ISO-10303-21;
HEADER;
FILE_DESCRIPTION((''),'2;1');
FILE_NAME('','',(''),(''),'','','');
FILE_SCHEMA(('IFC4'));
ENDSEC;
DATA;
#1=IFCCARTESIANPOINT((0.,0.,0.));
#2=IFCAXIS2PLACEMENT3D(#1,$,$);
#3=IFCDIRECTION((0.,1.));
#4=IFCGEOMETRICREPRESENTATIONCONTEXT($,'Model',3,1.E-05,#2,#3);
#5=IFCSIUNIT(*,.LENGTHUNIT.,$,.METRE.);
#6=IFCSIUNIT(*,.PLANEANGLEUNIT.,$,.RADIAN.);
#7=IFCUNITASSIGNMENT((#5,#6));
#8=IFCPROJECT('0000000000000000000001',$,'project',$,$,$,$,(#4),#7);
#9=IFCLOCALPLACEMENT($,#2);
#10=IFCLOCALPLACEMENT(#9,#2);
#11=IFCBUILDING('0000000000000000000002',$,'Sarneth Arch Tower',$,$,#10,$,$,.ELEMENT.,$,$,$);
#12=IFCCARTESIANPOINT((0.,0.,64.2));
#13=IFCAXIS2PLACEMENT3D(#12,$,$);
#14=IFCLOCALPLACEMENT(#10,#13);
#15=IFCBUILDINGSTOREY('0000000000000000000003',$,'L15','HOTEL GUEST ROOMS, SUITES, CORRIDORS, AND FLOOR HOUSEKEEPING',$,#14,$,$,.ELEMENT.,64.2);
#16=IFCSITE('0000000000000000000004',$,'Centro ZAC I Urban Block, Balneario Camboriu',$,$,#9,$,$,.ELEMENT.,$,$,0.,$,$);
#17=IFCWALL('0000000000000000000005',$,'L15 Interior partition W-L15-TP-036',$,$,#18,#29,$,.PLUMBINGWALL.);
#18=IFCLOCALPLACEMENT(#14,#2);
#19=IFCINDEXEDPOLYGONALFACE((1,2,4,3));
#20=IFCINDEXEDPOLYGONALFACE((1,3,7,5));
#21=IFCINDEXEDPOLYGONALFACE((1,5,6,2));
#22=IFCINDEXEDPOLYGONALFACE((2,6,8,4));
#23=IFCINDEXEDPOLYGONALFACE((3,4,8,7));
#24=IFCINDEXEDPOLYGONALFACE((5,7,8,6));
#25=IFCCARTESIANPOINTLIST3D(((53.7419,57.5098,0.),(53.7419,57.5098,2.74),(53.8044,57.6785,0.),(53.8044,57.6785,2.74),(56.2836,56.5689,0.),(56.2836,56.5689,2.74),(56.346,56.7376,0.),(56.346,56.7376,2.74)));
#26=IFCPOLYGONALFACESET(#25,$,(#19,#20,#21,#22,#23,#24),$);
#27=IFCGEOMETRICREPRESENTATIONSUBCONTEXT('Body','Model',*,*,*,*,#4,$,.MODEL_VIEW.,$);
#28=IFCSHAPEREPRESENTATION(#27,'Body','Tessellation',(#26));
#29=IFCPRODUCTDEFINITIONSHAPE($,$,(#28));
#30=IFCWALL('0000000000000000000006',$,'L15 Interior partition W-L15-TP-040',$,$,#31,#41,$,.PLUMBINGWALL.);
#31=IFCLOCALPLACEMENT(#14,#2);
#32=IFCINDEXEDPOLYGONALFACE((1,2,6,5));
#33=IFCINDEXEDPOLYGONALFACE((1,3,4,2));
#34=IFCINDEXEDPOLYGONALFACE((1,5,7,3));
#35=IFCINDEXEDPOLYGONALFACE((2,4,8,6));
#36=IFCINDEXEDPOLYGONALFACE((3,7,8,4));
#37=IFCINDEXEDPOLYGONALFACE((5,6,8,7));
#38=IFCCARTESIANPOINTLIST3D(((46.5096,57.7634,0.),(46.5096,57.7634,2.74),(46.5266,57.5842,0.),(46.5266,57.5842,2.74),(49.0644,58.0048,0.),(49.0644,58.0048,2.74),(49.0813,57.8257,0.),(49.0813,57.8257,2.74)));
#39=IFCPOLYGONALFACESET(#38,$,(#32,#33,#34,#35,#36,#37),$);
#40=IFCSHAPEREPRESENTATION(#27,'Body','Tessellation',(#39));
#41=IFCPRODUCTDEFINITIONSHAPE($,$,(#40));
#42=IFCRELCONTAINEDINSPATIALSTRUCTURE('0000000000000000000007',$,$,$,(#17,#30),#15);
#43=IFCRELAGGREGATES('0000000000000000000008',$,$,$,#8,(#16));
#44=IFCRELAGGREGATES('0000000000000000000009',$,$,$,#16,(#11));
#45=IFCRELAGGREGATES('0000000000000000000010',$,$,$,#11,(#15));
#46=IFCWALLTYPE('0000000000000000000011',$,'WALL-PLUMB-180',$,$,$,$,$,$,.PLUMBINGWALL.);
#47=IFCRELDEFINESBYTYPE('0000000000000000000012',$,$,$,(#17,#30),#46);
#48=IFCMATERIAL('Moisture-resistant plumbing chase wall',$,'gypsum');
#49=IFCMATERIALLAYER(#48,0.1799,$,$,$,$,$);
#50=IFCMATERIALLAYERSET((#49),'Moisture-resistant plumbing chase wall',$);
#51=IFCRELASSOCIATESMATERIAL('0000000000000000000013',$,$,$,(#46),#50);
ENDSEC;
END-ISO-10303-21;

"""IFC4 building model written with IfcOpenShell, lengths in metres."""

from ifc_helpers import new_model, si_unit, direction, frame, frame_2d, origin, place, context, subcontext, project, spatial, rectangle, extrude, material, layer, layer_set, type_object, element, save


model = new_model("IFC4")

# Units and contexts
model_context = context("Model", 3, precision=1e-05, world=origin(), true_north=direction((0.0, 1.0)))
body_context = subcontext(model_context, "Body", "Model", "MODEL_VIEW")
ifc_project = project(units=[si_unit("LENGTHUNIT", "METRE"), si_unit("PLANEANGLEUNIT", "RADIAN")], contexts=[model_context])

# Site, building, storey
site_placement = place(None, origin())
site = spatial("IfcSite", under=ifc_project, at=site_placement, Name="Centro ZAC I Urban Block, Balneario Camboriu", CompositionType="ELEMENT", RefElevation=0.0)
building_placement = place(site_placement, origin())
building = spatial("IfcBuilding", under=site, at=building_placement, Name="Sarneth Arch Tower", CompositionType="ELEMENT")
storey_placement = place(building_placement, frame((0.0, 0.0, 64.2)))
storey = spatial("IfcBuildingStorey", under=building, at=storey_placement, Name="L15", Description="HOTEL GUEST ROOMS, SUITES, CORRIDORS, AND FLOOR HOUSEKEEPING", CompositionType="ELEMENT", Elevation=64.2)

# Shared definitions
ifc_material_1 = material(Name="Moisture-resistant plumbing chase wall", Category="gypsum")
ifc_layer_1 = layer(ifc_material_1, 0.1799)
ifc_layer_set_1 = layer_set([ifc_layer_1], Name="Moisture-resistant plumbing chase wall")
wall_type_1 = type_object("IfcWallType", Name="WALL-PLUMB-180", PredefinedType="PLUMBINGWALL", material=ifc_layer_set_1)

# Walls
wall_1_placement = place(storey_placement, frame((56.3147, 56.6533, 0.0), z_axis=(0.0, 0.0, 1.0), x_axis=(-0.937805, 0.347162, 0.0)))
element("IfcWall", 1, at=wall_1_placement, inside=storey, type_object=wall_type_1, Name="L15 Interior partition W-L15-TP-036", PredefinedType="PLUMBINGWALL", context=body_context, shape_type="SweptSolid", body=[
    extrude(rectangle(XDim=2.7102, YDim=0.1799, at=frame_2d((1.355, 0.0))), origin(), (0.0, 0.0, 1.0), 2.74),
])
wall_2_placement = place(storey_placement, frame((49.073, 57.9153, 0.0), z_axis=(0.0, 0.0, 1.0), x_axis=(-0.995563, -0.094095, 0.0)))
element("IfcWall", 2, at=wall_2_placement, inside=storey, type_object=wall_type_1, Name="L15 Interior partition W-L15-TP-040", PredefinedType="PLUMBINGWALL", context=body_context, shape_type="SweptSolid", body=[
    extrude(rectangle(XDim=2.5662, YDim=0.1799, at=frame_2d((1.2832, 0.0))), origin(), (0.0, 0.0, 1.0), 2.74),
])

save(model, "model.ifc")
